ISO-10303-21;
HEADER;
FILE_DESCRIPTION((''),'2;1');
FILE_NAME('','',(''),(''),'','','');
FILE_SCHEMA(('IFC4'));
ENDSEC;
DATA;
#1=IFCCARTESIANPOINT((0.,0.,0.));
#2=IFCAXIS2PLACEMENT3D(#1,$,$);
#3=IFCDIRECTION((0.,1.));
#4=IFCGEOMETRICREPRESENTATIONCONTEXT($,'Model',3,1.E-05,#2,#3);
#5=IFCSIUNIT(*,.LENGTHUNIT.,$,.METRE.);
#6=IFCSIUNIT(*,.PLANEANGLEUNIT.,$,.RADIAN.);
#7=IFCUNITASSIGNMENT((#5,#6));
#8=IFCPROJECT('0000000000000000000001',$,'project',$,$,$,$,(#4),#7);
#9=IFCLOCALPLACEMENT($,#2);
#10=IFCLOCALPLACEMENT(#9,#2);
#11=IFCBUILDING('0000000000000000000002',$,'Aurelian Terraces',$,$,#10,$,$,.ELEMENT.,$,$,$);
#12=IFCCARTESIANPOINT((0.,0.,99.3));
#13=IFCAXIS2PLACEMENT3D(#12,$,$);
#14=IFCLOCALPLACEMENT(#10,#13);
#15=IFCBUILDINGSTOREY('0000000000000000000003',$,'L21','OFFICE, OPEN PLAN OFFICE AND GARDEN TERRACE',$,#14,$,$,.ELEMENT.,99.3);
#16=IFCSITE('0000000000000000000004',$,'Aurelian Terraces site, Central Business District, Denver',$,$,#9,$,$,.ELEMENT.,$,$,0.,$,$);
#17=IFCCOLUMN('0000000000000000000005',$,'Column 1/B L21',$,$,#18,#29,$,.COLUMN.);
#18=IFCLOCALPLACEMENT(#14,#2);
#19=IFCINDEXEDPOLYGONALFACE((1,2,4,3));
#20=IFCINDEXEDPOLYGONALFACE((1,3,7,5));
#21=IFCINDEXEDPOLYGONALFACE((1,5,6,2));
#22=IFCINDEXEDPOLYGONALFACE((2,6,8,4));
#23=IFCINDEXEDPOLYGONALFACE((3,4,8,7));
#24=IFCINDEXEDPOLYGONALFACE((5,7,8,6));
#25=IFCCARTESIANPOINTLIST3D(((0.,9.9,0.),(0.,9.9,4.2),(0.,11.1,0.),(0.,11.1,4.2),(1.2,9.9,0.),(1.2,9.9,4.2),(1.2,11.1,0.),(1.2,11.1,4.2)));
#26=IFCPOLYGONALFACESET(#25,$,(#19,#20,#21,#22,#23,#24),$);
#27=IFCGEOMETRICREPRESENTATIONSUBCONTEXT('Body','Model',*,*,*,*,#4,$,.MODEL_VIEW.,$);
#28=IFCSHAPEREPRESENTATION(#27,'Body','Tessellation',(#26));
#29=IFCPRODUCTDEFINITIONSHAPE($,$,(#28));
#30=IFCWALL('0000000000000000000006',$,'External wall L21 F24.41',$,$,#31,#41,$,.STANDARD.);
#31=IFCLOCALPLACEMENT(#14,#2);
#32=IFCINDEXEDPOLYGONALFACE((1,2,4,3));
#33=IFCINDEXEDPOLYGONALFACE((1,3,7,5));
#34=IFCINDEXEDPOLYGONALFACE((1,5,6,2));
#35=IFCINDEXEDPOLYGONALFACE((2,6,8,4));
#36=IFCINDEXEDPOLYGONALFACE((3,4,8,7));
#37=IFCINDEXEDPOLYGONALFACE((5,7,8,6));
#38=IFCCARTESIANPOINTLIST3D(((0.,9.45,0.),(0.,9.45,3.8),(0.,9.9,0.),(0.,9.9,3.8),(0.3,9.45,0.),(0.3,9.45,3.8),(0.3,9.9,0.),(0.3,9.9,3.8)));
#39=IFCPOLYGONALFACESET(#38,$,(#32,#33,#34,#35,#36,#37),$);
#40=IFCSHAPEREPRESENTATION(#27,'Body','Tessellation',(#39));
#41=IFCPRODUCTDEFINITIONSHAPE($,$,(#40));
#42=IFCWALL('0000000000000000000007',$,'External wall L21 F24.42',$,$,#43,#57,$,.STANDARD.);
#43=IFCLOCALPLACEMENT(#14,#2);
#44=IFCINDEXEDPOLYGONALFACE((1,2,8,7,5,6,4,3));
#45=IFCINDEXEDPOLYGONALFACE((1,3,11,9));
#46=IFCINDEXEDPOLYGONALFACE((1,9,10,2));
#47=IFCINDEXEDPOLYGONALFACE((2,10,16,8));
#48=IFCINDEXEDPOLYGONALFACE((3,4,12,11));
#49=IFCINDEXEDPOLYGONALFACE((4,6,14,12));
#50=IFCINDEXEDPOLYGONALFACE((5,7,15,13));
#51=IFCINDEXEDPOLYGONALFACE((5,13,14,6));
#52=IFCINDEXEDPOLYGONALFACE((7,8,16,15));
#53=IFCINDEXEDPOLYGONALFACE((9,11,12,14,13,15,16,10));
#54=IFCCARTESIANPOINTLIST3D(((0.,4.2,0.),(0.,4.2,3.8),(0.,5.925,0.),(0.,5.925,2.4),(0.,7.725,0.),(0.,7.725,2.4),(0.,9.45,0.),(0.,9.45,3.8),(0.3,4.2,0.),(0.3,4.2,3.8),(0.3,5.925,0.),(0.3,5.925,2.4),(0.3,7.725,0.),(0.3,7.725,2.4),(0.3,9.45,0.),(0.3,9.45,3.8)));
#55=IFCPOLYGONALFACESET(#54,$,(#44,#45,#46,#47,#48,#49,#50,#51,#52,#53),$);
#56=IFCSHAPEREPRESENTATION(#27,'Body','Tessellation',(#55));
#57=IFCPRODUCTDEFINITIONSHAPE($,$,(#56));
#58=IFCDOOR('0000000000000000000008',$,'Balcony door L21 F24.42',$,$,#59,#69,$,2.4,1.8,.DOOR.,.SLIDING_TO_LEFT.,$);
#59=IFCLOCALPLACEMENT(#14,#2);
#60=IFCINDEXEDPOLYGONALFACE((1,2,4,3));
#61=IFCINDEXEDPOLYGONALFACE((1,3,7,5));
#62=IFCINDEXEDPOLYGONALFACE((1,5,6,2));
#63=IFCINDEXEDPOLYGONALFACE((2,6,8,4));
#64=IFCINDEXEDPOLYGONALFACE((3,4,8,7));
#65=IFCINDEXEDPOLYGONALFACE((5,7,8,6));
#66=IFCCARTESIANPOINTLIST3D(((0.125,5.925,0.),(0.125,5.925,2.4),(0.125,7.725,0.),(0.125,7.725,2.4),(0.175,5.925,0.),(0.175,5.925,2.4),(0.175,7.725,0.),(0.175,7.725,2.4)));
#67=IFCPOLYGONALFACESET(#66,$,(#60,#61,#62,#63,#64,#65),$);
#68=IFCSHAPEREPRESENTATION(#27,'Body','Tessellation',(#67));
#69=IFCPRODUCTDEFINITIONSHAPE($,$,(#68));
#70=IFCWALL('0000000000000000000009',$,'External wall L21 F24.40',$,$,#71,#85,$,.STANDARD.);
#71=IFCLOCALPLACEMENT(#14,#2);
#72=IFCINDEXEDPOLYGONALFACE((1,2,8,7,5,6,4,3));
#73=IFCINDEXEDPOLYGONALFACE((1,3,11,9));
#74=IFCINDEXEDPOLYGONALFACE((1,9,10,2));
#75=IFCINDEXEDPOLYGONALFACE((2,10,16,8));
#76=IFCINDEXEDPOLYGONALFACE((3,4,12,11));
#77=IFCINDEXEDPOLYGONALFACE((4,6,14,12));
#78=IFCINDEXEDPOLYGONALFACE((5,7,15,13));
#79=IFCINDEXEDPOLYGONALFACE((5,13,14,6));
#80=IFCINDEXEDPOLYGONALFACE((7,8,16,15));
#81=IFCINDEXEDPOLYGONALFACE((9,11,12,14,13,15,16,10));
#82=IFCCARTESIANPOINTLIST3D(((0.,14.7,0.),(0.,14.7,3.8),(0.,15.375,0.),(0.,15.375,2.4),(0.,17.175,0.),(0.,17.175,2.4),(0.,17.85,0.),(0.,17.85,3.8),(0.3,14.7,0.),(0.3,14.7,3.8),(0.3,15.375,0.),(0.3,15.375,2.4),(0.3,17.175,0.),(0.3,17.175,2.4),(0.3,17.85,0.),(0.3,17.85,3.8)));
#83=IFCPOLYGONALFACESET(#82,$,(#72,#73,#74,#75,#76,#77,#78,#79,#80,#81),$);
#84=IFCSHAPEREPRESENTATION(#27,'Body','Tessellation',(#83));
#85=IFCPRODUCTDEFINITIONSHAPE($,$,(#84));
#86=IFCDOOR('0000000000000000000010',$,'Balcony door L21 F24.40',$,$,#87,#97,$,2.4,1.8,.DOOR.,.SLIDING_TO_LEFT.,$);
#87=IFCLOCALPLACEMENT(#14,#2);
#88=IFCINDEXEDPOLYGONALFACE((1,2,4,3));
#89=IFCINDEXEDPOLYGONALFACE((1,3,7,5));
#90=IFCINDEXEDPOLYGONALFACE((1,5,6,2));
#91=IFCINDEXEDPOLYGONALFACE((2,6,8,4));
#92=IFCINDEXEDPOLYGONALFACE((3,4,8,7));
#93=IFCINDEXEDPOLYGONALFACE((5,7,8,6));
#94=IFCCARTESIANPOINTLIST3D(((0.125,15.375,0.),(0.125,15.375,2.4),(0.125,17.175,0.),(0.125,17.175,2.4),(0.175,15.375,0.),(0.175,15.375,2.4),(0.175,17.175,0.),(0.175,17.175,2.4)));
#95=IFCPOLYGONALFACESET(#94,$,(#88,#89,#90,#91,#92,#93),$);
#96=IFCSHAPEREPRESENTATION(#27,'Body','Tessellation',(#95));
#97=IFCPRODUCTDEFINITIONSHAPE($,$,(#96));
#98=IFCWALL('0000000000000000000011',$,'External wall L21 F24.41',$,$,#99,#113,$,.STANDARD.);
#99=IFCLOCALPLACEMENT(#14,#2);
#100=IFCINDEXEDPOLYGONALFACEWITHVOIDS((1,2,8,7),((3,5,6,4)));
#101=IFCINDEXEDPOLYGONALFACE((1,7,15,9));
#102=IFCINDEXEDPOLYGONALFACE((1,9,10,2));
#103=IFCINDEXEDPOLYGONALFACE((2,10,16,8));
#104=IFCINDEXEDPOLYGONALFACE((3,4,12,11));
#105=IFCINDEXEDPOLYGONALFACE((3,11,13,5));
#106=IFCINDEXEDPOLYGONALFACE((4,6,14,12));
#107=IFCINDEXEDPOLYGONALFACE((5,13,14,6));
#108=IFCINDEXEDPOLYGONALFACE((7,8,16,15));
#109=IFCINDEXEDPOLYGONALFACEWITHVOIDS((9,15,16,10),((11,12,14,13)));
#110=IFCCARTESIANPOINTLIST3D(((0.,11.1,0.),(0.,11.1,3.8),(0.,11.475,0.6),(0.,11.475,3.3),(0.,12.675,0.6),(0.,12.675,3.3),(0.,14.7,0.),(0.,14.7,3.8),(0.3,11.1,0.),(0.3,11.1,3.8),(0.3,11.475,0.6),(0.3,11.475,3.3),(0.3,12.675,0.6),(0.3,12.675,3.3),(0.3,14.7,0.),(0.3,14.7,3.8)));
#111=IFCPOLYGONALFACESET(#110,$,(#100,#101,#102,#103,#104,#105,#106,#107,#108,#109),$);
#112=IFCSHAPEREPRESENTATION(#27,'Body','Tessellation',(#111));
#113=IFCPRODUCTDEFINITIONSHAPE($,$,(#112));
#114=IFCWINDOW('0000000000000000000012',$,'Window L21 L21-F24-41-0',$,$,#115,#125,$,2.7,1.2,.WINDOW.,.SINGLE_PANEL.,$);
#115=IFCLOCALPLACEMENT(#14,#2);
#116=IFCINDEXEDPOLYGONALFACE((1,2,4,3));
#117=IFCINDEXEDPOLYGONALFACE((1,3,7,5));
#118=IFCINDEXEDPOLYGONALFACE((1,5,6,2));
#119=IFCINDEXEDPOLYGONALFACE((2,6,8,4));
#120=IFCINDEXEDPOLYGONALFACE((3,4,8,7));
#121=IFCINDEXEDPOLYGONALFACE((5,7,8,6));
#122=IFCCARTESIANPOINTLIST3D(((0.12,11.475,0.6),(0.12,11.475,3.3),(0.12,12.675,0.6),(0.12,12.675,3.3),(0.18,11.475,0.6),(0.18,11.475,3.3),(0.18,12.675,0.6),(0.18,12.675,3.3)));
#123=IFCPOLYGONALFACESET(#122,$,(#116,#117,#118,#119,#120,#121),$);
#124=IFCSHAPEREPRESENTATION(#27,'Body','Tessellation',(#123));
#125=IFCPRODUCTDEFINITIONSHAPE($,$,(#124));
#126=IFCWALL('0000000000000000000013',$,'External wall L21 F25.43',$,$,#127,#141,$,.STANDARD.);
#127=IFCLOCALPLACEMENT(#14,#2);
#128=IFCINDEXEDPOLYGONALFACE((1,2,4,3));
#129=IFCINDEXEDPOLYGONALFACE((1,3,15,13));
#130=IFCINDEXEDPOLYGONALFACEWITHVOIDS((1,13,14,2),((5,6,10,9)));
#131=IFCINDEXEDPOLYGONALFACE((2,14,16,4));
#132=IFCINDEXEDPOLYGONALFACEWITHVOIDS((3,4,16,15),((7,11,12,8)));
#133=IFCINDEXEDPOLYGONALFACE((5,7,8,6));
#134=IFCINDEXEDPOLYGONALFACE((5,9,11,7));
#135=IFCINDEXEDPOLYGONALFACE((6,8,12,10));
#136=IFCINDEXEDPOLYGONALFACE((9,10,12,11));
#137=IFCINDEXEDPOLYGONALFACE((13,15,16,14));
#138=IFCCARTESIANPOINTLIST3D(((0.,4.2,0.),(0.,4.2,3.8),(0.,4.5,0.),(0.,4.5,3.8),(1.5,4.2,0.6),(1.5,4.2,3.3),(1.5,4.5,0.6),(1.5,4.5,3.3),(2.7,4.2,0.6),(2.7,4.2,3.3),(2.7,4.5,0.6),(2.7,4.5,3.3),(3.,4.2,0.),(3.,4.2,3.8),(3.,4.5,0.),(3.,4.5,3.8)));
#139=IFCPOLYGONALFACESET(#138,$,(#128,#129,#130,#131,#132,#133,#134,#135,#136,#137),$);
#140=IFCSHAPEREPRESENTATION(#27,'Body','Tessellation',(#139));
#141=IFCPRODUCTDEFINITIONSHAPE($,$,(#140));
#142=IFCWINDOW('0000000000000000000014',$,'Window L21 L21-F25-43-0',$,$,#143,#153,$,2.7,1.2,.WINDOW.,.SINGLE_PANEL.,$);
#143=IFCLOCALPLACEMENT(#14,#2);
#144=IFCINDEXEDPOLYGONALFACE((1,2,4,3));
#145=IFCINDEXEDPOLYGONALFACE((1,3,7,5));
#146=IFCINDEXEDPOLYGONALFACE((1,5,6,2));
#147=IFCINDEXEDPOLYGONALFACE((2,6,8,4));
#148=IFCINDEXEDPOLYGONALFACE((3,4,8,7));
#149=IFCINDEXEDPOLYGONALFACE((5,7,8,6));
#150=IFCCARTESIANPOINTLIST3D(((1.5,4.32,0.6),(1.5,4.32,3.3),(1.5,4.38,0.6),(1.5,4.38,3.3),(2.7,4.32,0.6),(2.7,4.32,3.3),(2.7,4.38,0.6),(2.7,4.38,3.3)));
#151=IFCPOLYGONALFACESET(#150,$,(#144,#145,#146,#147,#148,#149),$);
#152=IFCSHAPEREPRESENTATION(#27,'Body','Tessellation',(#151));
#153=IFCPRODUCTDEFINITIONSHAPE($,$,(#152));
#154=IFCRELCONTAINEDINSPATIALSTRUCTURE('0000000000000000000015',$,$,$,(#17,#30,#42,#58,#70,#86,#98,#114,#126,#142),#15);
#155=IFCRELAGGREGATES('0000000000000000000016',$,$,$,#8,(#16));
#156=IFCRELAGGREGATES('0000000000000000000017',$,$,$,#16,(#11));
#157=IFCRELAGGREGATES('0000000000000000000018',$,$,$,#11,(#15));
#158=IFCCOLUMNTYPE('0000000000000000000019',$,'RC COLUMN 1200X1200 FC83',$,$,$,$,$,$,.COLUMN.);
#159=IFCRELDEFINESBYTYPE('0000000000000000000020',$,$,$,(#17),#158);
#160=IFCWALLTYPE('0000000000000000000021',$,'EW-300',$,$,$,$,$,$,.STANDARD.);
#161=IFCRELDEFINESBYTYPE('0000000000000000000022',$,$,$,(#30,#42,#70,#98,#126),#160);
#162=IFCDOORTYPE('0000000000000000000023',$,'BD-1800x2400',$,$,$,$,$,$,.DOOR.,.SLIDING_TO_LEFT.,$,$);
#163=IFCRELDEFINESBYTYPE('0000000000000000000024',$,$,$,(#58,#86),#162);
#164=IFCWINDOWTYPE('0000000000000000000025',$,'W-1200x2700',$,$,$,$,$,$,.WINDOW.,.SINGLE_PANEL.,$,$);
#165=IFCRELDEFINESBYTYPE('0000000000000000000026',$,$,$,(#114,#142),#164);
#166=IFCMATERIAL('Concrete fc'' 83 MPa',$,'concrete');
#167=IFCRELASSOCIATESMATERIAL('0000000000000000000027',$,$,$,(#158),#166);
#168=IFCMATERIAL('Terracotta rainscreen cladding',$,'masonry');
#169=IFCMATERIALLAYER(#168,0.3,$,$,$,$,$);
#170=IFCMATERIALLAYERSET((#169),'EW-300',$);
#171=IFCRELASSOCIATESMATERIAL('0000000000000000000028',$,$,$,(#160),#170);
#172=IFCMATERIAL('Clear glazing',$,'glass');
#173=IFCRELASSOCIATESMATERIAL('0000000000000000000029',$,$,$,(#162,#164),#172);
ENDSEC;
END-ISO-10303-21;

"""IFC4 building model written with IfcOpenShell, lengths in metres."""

from ifc_helpers import new_model, si_unit, direction, frame, frame_2d, origin, origin_2d, place, context, subcontext, project, spatial, rectangle, extrude, source, transform, mapped, material, layer, layer_set, material_profile, profile_set, type_object, element, fill, save


model = new_model("IFC4")

# Units and contexts
model_context = context("Model", 3, precision=1e-05, world=origin(), true_north=direction((0.0, 1.0)))
body_context = subcontext(model_context, "Body", "Model", "MODEL_VIEW")
ifc_project = project(units=[si_unit("LENGTHUNIT", "METRE"), si_unit("PLANEANGLEUNIT", "RADIAN")], contexts=[model_context])

# Site, building, storey
site_placement = place(None, origin())
site = spatial("IfcSite", under=ifc_project, at=site_placement, Name="Aurelian Terraces site, Central Business District, Denver", CompositionType="ELEMENT", RefElevation=0.0)
building_placement = place(site_placement, origin())
building = spatial("IfcBuilding", under=site, at=building_placement, Name="Aurelian Terraces", CompositionType="ELEMENT")
storey_placement = place(building_placement, frame((0.0, 0.0, 99.3)))
storey = spatial("IfcBuildingStorey", under=building, at=storey_placement, Name="L21", Description="OFFICE, OPEN PLAN OFFICE AND GARDEN TERRACE", CompositionType="ELEMENT", Elevation=99.3)

# Column
ifc_material_1 = material(Name="Concrete fc' 83 MPa", Category="concrete")
ifc_material_profile = material_profile(ifc_material_1, rectangle(XDim=1.2, YDim=1.2, at=origin_2d()))
ifc_profile_set = profile_set([ifc_material_profile], Name="Concrete fc' 83 MPa")
column_type = type_object("IfcColumnType", Name="RC COLUMN 1200X1200 FC83", PredefinedType="COLUMN", material=ifc_profile_set)
shared_shape_1 = source(origin(), body_context, "Body", "SweptSolid", [
    extrude(rectangle(XDim=1.2, YDim=1.2, at=origin_2d()), origin(), (0.0, 0.0, 1.0), 4.2),
])
column_placement = place(storey_placement, frame((0.6, 10.5, 0.0), z_axis=(0.0, 0.0, 1.0), x_axis=(1.0, 0.0, 0.0)))
element("IfcColumn", 1, at=column_placement, inside=storey, type_object=column_type, Name="Column 1/B L21", PredefinedType="COLUMN", context=body_context, shape_type="MappedRepresentation", body=[
    mapped(shared_shape_1, transform((0.0, 0.0, 0.0), scale=1.0)),
])

# Wall
ifc_material_2 = material(Name="Terracotta rainscreen cladding", Category="masonry")
ifc_layer_1 = layer(ifc_material_2, 0.3)
ifc_layer_set_1 = layer_set([ifc_layer_1], Name="EW-300")
wall_type_1 = type_object("IfcWallType", Name="EW-300", PredefinedType="STANDARD", material=ifc_layer_set_1)
wall_1_placement = place(storey_placement, frame((0.15, 9.9, 0.0), z_axis=(0.0, 0.0, 1.0), x_axis=(0.0, -1.0, 0.0)))
element("IfcWall", 2, at=wall_1_placement, inside=storey, type_object=wall_type_1, Name="External wall L21 F24.41", PredefinedType="STANDARD", context=body_context, shape_type="SweptSolid", body=[
    extrude(rectangle(XDim=0.45, YDim=0.3, at=frame_2d((0.225, 0.0))), origin(), (0.0, 0.0, 1.0), 3.8),
])

# Walls, openings, doors
wall_2_placement = place(storey_placement, frame((0.15, 9.45, 0.0), z_axis=(0.0, 0.0, 1.0), x_axis=(0.0, -1.0, 0.0)))
wall_2 = element("IfcWall", 3, at=wall_2_placement, inside=storey, type_object=wall_type_1, Name="External wall L21 F24.42", PredefinedType="STANDARD", context=body_context, shape_type="SweptSolid", body=[
    extrude(rectangle(XDim=5.25, YDim=0.3, at=frame_2d((2.625, 0.0))), origin(), (0.0, 0.0, 1.0), 3.8),
])
shared_shape_2 = source(origin(), body_context, "Body", "SweptSolid", [
    extrude(rectangle(XDim=1.8, YDim=2.4, at=frame_2d((0.9, 1.2))), frame((0.0, 0.16, 0.0), z_axis=(0.0, -1.0, 0.0), x_axis=(1.0, 0.0, 0.0)), (0.0, 0.0, 1.0), 0.32),
])
opening_1_placement = place(wall_2_placement, frame((1.725, 0.0, 0.0)))
opening_1 = element("IfcOpeningElement", 4, at=opening_1_placement, cuts=wall_2, PredefinedType="OPENING", context=body_context, shape_type="MappedRepresentation", body=[
    mapped(shared_shape_2, transform((0.0, 0.0, 0.0), scale=1.0)),
])
ifc_material_3 = material(Name="Clear glazing", Category="glass")
door_type_1 = type_object("IfcDoorType", Name="BD-1800x2400", OperationType="SLIDING_TO_LEFT", PredefinedType="DOOR", material=ifc_material_3)
shared_shape_3 = source(origin(), body_context, "Body", "SweptSolid", [
    extrude(rectangle(XDim=1.8, YDim=2.4, at=frame_2d((0.9, 1.2))), frame((0.0, 0.025, 0.0), z_axis=(0.0, -1.0, 0.0), x_axis=(1.0, 0.0, 0.0)), (0.0, 0.0, 1.0), 0.05),
])
door_1_placement = place(opening_1_placement, origin())
door_1 = element("IfcDoor", 5, at=door_1_placement, inside=storey, type_object=door_type_1, Name="Balcony door L21 F24.42", OperationType="SLIDING_TO_LEFT", OverallHeight=2.4, OverallWidth=1.8, PredefinedType="DOOR", context=body_context, shape_type="MappedRepresentation", body=[
    mapped(shared_shape_3, transform((0.0, 0.0, 0.0), scale=1.0)),
])
fill(opening_1, door_1)
shared_shape_4 = source(origin(), body_context, "Body", "SweptSolid", [
    extrude(rectangle(XDim=3.15, YDim=0.3, at=frame_2d((1.575, 0.0))), origin(), (0.0, 0.0, 1.0), 3.8),
])
wall_3_placement = place(storey_placement, frame((0.15, 17.85, 0.0), z_axis=(0.0, 0.0, 1.0), x_axis=(0.0, -1.0, 0.0)))
wall_3 = element("IfcWall", 6, at=wall_3_placement, inside=storey, type_object=wall_type_1, Name="External wall L21 F24.40", PredefinedType="STANDARD", context=body_context, shape_type="MappedRepresentation", body=[
    mapped(shared_shape_4, transform((0.0, 0.0, 0.0), scale=1.0)),
])
opening_2_placement = place(wall_3_placement, frame((0.675, 0.0, 0.0)))
opening_2 = element("IfcOpeningElement", 7, at=opening_2_placement, cuts=wall_3, PredefinedType="OPENING", context=body_context, shape_type="MappedRepresentation", body=[
    mapped(shared_shape_2, transform((0.0, 0.0, 0.0), scale=1.0)),
])
door_2_placement = place(opening_2_placement, origin())
door_2 = element("IfcDoor", 8, at=door_2_placement, inside=storey, type_object=door_type_1, Name="Balcony door L21 F24.40", OperationType="SLIDING_TO_LEFT", OverallHeight=2.4, OverallWidth=1.8, PredefinedType="DOOR", context=body_context, shape_type="MappedRepresentation", body=[
    mapped(shared_shape_3, transform((0.0, 0.0, 0.0), scale=1.0)),
])
fill(opening_2, door_2)

# Walls, openings, windows
shared_shape_5 = source(origin(), body_context, "Body", "SweptSolid", [
    extrude(rectangle(XDim=3.6, YDim=0.3, at=frame_2d((1.8, 0.0))), origin(), (0.0, 0.0, 1.0), 3.8),
])
wall_4_placement = place(storey_placement, frame((0.15, 14.7, 0.0), z_axis=(0.0, 0.0, 1.0), x_axis=(0.0, -1.0, 0.0)))
wall_4 = element("IfcWall", 9, at=wall_4_placement, inside=storey, type_object=wall_type_1, Name="External wall L21 F24.41", PredefinedType="STANDARD", context=body_context, shape_type="MappedRepresentation", body=[
    mapped(shared_shape_5, transform((0.0, 0.0, 0.0), scale=1.0)),
])
shared_shape_6 = source(origin(), body_context, "Body", "SweptSolid", [
    extrude(rectangle(XDim=1.2, YDim=2.7, at=frame_2d((0.6, 1.35))), frame((0.0, 0.16, 0.0), z_axis=(0.0, -1.0, 0.0), x_axis=(1.0, 0.0, 0.0)), (0.0, 0.0, 1.0), 0.32),
])
opening_3_placement = place(wall_4_placement, frame((2.025, 0.0, 0.6)))
opening_3 = element("IfcOpeningElement", 10, at=opening_3_placement, cuts=wall_4, PredefinedType="OPENING", context=body_context, shape_type="MappedRepresentation", body=[
    mapped(shared_shape_6, transform((0.0, 0.0, 0.0), scale=1.0)),
])
window_type = type_object("IfcWindowType", Name="W-1200x2700", PartitioningType="SINGLE_PANEL", PredefinedType="WINDOW", material=ifc_material_3)
shared_shape_7 = source(origin(), body_context, "Body", "SweptSolid", [
    extrude(rectangle(XDim=1.2, YDim=2.7, at=frame_2d((0.6, 1.35))), frame((0.0, 0.03, 0.0), z_axis=(0.0, -1.0, 0.0), x_axis=(1.0, 0.0, 0.0)), (0.0, 0.0, 1.0), 0.06),
])
window_1_placement = place(opening_3_placement, origin())
window_1 = element("IfcWindow", 11, at=window_1_placement, inside=storey, type_object=window_type, Name="Window L21 L21-F24-41-0", OverallHeight=2.7, OverallWidth=1.2, PartitioningType="SINGLE_PANEL", PredefinedType="WINDOW", context=body_context, shape_type="MappedRepresentation", body=[
    mapped(shared_shape_7, transform((0.0, 0.0, 0.0), scale=1.0)),
])
fill(opening_3, window_1)
shared_shape_8 = source(origin(), body_context, "Body", "SweptSolid", [
    extrude(rectangle(XDim=3.0, YDim=0.3, at=frame_2d((1.5, 0.0))), origin(), (0.0, 0.0, 1.0), 3.8),
])
wall_5_placement = place(storey_placement, frame((0.0, 4.35, 0.0), z_axis=(0.0, 0.0, 1.0), x_axis=(1.0, 0.0, 0.0)))
wall_5 = element("IfcWall", 12, at=wall_5_placement, inside=storey, type_object=wall_type_1, Name="External wall L21 F25.43", PredefinedType="STANDARD", context=body_context, shape_type="MappedRepresentation", body=[
    mapped(shared_shape_8, transform((0.0, 0.0, 0.0), scale=1.0)),
])
opening_4_placement = place(wall_5_placement, frame((1.5, 0.0, 0.6)))
opening_4 = element("IfcOpeningElement", 13, at=opening_4_placement, cuts=wall_5, PredefinedType="OPENING", context=body_context, shape_type="MappedRepresentation", body=[
    mapped(shared_shape_6, transform((0.0, 0.0, 0.0), scale=1.0)),
])
window_2_placement = place(opening_4_placement, origin())
window_2 = element("IfcWindow", 14, at=window_2_placement, inside=storey, type_object=window_type, Name="Window L21 L21-F25-43-0", OverallHeight=2.7, OverallWidth=1.2, PartitioningType="SINGLE_PANEL", PredefinedType="WINDOW", context=body_context, shape_type="MappedRepresentation", body=[
    mapped(shared_shape_7, transform((0.0, 0.0, 0.0), scale=1.0)),
])
fill(opening_4, window_2)

save(model, "model.ifc")
